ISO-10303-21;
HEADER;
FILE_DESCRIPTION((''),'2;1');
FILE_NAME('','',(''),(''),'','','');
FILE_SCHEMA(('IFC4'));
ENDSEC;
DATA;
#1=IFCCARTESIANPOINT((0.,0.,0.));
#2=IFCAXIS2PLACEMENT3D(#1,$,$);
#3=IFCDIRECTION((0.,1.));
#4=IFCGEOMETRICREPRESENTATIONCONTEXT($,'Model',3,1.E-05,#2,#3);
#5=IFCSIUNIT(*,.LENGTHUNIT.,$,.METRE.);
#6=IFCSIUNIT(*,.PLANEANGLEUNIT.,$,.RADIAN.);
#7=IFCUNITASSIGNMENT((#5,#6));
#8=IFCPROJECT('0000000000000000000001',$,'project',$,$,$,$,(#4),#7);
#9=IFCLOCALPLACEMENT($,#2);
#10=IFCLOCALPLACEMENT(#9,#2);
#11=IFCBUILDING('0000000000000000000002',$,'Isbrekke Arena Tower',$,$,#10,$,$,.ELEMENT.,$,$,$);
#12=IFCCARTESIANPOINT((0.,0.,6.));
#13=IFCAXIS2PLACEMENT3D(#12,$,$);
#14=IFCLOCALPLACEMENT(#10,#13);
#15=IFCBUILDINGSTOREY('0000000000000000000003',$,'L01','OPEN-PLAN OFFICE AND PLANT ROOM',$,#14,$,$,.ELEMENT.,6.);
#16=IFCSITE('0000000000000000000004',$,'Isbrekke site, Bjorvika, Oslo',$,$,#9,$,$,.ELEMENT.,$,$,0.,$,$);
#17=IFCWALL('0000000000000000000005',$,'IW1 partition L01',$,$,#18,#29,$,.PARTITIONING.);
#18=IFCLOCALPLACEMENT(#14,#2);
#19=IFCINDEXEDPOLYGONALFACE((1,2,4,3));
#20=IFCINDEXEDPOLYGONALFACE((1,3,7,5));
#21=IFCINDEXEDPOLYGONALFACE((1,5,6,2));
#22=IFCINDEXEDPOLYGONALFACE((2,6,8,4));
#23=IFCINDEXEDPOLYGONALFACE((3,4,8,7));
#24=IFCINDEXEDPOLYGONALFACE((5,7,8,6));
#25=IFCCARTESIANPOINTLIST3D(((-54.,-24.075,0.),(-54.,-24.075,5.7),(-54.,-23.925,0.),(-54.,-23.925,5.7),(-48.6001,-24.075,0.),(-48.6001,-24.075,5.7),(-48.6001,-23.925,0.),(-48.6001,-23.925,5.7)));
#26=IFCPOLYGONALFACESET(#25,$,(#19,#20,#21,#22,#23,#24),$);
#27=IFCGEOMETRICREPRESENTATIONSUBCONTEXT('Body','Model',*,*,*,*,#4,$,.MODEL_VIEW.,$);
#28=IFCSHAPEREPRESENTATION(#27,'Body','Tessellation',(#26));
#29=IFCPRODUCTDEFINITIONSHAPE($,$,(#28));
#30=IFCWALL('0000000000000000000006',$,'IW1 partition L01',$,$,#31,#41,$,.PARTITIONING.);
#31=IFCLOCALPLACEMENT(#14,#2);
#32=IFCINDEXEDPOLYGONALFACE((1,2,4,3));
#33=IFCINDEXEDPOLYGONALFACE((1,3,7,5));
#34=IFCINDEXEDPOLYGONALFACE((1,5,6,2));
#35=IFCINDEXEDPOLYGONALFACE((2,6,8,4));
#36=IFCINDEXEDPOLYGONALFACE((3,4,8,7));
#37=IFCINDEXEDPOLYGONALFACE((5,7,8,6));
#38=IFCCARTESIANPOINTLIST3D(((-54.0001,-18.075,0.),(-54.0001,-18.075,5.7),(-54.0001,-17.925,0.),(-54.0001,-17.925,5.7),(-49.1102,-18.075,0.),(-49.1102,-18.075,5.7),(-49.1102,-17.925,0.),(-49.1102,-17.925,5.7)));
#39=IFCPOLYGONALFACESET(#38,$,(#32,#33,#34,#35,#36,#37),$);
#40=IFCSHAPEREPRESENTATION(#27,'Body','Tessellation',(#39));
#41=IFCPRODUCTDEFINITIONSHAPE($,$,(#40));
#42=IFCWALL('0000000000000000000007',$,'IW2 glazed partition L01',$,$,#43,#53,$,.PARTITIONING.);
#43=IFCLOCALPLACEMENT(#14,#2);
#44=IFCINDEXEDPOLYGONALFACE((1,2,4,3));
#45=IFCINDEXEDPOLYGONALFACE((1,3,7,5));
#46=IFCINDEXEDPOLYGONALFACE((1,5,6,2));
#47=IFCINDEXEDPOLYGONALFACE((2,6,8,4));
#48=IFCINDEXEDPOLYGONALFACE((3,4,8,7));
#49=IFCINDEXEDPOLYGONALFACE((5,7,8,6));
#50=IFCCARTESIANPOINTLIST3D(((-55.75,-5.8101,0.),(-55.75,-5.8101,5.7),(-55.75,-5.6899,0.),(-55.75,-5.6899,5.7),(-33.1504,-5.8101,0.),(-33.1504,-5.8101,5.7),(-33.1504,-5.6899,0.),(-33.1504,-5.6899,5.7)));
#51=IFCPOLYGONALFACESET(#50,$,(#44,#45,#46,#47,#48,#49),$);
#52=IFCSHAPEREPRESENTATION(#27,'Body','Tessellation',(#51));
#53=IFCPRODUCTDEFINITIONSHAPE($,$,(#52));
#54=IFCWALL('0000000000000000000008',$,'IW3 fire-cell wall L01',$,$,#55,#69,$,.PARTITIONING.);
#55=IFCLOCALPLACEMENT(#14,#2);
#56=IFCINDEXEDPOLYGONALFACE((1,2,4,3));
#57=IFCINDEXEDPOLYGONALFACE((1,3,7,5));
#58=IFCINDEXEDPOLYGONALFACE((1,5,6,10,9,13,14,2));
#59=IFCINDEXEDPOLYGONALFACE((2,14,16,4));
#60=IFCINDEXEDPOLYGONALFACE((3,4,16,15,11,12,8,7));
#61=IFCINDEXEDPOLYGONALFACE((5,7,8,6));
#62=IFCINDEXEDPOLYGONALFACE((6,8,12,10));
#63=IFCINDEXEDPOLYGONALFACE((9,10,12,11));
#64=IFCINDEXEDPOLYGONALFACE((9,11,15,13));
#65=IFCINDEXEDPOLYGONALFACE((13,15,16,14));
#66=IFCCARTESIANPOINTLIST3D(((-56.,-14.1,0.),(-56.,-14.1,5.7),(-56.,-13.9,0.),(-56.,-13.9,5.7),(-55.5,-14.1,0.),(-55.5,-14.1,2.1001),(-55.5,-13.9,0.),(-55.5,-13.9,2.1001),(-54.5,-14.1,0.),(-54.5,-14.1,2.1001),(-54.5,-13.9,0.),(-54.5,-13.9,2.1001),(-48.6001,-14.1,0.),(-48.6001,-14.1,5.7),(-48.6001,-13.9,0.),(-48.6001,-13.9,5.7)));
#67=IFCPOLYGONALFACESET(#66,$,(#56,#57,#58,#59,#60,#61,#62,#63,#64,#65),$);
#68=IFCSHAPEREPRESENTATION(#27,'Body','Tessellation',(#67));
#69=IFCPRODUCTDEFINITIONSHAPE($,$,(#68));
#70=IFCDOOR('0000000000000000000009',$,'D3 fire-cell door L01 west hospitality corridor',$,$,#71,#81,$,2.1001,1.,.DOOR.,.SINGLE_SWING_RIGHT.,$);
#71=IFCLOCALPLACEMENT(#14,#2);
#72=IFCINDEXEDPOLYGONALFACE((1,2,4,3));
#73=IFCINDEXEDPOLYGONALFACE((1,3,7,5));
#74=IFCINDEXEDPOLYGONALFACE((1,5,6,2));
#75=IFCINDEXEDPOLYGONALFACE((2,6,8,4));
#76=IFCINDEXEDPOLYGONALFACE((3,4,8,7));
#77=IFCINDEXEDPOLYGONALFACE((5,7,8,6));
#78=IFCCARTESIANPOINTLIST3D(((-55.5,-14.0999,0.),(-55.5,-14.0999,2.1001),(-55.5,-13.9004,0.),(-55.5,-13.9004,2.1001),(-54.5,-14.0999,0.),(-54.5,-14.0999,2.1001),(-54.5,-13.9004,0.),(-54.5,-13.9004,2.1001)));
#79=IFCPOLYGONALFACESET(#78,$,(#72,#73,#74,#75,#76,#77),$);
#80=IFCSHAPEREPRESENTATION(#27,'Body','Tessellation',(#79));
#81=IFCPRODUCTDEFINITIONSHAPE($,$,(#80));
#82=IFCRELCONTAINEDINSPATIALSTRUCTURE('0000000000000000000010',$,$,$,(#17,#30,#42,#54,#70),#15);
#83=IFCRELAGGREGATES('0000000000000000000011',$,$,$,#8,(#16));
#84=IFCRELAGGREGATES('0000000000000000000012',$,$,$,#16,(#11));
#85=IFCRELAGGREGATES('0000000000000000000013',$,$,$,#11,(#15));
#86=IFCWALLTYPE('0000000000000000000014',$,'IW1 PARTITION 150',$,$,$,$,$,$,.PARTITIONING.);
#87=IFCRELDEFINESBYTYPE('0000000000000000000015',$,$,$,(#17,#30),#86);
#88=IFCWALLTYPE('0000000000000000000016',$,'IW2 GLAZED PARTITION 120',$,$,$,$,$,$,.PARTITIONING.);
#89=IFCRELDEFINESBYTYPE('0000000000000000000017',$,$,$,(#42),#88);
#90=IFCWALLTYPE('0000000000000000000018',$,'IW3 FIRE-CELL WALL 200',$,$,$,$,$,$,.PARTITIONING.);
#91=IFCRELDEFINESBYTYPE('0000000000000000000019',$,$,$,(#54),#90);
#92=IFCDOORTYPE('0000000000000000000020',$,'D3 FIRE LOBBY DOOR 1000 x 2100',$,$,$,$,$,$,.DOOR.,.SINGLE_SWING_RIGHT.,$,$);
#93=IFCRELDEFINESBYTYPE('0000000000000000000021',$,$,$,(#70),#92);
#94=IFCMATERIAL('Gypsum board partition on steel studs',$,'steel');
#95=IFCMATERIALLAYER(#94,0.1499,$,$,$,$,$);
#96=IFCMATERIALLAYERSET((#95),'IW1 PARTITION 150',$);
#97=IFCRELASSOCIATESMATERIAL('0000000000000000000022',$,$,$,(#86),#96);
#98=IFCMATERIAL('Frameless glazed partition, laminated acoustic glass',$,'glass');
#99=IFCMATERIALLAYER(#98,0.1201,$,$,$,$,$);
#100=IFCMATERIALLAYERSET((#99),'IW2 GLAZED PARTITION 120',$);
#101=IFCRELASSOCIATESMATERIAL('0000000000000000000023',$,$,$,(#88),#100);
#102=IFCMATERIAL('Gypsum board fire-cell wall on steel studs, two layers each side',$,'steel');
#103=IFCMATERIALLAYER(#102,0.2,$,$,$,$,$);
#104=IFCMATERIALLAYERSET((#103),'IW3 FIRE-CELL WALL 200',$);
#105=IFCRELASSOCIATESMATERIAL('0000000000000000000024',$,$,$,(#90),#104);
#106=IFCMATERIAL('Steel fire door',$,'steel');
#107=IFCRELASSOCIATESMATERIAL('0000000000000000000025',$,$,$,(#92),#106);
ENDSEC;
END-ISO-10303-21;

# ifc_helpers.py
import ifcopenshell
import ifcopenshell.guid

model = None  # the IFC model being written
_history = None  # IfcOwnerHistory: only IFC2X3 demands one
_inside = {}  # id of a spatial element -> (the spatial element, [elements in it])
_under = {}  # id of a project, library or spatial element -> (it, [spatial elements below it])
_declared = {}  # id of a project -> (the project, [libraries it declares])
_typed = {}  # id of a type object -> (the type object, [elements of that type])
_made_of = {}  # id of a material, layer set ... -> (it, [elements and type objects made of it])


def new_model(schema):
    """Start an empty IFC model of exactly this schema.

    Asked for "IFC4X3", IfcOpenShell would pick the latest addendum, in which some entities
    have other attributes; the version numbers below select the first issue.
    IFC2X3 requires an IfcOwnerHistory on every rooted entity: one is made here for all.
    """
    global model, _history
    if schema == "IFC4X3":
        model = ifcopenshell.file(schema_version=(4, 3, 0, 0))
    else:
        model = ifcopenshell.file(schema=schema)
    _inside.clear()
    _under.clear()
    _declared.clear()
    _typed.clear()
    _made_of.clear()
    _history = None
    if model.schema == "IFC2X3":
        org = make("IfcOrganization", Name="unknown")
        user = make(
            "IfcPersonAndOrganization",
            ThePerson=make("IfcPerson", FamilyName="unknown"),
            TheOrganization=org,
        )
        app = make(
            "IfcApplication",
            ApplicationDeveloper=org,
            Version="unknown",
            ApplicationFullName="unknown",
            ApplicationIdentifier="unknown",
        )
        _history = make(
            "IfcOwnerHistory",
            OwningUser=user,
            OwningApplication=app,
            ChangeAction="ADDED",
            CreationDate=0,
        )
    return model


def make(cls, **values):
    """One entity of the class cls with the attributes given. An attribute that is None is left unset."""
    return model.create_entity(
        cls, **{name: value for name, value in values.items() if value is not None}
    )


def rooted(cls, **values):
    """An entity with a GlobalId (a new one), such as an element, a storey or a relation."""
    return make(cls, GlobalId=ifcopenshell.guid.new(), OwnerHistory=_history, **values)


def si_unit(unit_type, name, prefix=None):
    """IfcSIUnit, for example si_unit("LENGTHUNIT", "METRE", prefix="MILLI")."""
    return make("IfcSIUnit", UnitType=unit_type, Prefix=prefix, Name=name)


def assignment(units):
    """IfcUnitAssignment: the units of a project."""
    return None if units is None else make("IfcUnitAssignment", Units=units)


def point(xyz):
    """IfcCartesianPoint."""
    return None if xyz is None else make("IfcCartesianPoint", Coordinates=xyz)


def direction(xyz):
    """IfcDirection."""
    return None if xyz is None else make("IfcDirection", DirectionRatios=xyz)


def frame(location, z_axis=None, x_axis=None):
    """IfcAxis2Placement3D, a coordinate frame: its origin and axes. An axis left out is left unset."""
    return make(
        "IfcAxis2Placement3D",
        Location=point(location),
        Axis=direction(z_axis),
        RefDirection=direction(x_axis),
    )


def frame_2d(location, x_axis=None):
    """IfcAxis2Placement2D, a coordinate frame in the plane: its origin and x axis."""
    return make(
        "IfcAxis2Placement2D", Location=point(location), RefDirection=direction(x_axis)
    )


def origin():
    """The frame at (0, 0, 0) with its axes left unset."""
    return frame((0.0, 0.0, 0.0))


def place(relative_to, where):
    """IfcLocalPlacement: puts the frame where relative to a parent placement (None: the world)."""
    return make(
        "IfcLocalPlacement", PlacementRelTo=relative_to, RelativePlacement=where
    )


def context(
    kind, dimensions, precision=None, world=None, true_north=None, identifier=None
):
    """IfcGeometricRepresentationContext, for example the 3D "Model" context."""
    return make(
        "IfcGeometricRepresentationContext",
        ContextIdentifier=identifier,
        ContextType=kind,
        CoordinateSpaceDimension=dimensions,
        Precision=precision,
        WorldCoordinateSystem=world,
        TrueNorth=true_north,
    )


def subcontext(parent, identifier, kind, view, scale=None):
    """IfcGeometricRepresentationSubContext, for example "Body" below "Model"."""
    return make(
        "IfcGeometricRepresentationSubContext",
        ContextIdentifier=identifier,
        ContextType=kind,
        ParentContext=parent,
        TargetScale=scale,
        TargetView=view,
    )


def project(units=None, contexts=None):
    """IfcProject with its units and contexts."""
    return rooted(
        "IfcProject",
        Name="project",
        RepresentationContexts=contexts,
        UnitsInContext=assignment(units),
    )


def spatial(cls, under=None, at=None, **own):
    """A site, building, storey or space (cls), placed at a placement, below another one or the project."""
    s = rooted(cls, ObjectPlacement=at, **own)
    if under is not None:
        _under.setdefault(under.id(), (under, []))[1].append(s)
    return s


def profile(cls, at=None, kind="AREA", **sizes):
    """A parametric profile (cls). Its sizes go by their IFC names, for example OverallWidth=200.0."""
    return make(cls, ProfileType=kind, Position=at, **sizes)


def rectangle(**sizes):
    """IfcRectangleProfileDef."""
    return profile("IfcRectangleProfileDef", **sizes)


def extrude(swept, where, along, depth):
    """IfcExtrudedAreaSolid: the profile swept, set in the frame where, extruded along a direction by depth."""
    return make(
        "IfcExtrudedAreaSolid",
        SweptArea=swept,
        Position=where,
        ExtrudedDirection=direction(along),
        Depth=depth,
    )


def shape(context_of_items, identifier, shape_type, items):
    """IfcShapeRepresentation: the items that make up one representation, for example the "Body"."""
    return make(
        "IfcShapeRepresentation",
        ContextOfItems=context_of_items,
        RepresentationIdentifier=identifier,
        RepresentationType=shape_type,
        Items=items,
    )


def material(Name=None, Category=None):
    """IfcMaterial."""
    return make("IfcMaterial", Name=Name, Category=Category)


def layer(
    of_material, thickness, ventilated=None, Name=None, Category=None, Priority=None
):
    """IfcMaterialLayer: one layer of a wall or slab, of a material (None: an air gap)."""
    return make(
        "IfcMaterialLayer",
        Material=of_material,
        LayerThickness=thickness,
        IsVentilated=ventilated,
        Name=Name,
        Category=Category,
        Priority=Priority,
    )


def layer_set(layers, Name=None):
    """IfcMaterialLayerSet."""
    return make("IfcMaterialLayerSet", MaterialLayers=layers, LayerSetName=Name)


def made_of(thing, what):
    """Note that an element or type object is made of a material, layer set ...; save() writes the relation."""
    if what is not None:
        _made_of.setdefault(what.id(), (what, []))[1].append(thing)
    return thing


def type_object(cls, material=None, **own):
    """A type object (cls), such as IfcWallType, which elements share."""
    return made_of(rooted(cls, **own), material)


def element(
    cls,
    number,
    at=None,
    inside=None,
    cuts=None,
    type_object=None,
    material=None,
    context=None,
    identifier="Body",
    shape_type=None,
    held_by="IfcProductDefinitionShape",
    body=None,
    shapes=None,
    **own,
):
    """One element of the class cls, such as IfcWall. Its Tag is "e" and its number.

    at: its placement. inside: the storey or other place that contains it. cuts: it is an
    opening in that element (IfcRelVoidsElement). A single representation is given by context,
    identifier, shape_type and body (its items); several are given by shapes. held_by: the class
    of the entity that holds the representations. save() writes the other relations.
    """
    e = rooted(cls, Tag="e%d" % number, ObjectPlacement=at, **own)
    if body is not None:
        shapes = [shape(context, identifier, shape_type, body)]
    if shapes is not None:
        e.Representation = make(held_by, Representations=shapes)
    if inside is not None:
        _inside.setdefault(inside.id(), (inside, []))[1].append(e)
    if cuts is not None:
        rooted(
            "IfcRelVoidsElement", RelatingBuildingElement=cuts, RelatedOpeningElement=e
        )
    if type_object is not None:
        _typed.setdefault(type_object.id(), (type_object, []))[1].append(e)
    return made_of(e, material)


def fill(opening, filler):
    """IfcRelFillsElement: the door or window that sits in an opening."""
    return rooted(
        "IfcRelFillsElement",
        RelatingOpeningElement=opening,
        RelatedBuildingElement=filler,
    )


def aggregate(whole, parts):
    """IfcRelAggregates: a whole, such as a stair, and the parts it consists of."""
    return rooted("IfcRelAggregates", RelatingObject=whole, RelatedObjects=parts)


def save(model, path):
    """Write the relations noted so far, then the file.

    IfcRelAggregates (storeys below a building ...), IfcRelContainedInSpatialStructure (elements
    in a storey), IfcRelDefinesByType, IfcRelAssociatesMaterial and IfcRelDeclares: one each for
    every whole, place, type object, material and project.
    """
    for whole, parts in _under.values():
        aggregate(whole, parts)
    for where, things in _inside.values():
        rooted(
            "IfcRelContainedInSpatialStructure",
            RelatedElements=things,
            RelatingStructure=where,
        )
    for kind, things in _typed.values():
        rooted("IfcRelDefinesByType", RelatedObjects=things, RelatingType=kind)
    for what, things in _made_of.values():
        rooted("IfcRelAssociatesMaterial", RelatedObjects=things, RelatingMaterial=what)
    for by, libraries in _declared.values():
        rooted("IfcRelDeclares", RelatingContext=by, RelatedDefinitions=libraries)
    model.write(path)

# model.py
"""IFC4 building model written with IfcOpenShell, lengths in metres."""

from ifc_helpers import new_model, si_unit, direction, frame, frame_2d, origin, place, context, subcontext, project, spatial, rectangle, extrude, material, layer, layer_set, type_object, element, fill, save


model = new_model("IFC4")

# Units and contexts
model_context = context("Model", 3, precision=1e-05, world=origin(), true_north=direction((0.0, 1.0)))
body_context = subcontext(model_context, "Body", "Model", "MODEL_VIEW")
ifc_project = project(units=[si_unit("LENGTHUNIT", "METRE"), si_unit("PLANEANGLEUNIT", "RADIAN")], contexts=[model_context])

# Site, building, storey
site_placement = place(None, origin())
site = spatial("IfcSite", under=ifc_project, at=site_placement, Name="Isbrekke site, Bjorvika, Oslo", CompositionType="ELEMENT", RefElevation=0.0)
building_placement = place(site_placement, origin())
building = spatial("IfcBuilding", under=site, at=building_placement, Name="Isbrekke Arena Tower", CompositionType="ELEMENT")
storey_placement = place(building_placement, frame((0.0, 0.0, 6.0)))
storey = spatial("IfcBuildingStorey", under=building, at=storey_placement, Name="L01", Description="OPEN-PLAN OFFICE AND PLANT ROOM", CompositionType="ELEMENT", Elevation=6.0)

# Walls
ifc_material_1 = material(Name="Gypsum board partition on steel studs", Category="steel")
ifc_layer_1 = layer(ifc_material_1, 0.1499)
ifc_layer_set_1 = layer_set([ifc_layer_1], Name="IW1 PARTITION 150")
wall_type_1 = type_object("IfcWallType", Name="IW1 PARTITION 150", PredefinedType="PARTITIONING", material=ifc_layer_set_1)
wall_1_placement = place(storey_placement, frame((-54.0, -24.0, 0.0), z_axis=(0.0, 0.0, 1.0), x_axis=(1.0, 0.0, 0.0)))
element("IfcWall", 1, at=wall_1_placement, inside=storey, type_object=wall_type_1, Name="IW1 partition L01", PredefinedType="PARTITIONING", context=body_context, shape_type="SweptSolid", body=[
    extrude(rectangle(XDim=5.3999, YDim=0.1499, at=frame_2d((2.7, 0.0))), origin(), (0.0, 0.0, 1.0), 5.7),
])
wall_2_placement = place(storey_placement, frame((-54.0, -18.0, 0.0), z_axis=(0.0, 0.0, 1.0), x_axis=(1.0, 0.0, 0.0)))
element("IfcWall", 2, at=wall_2_placement, inside=storey, type_object=wall_type_1, Name="IW1 partition L01", PredefinedType="PARTITIONING", context=body_context, shape_type="SweptSolid", body=[
    extrude(rectangle(XDim=4.8899, YDim=0.1499, at=frame_2d((2.4448, 0.0))), origin(), (0.0, 0.0, 1.0), 5.7),
])
ifc_material_2 = material(Name="Frameless glazed partition, laminated acoustic glass", Category="glass")
ifc_layer_2 = layer(ifc_material_2, 0.1201)
ifc_layer_set_2 = layer_set([ifc_layer_2], Name="IW2 GLAZED PARTITION 120")
wall_type_2 = type_object("IfcWallType", Name="IW2 GLAZED PARTITION 120", PredefinedType="PARTITIONING", material=ifc_layer_set_2)
wall_3_placement = place(storey_placement, frame((-55.75, -5.75, 0.0), z_axis=(0.0, 0.0, 1.0), x_axis=(1.0, 0.0, 0.0)))
element("IfcWall", 3, at=wall_3_placement, inside=storey, type_object=wall_type_2, Name="IW2 glazed partition L01", PredefinedType="PARTITIONING", context=body_context, shape_type="SweptSolid", body=[
    extrude(rectangle(XDim=22.5996, YDim=0.1201, at=frame_2d((11.2998, 0.0))), origin(), (0.0, 0.0, 1.0), 5.7),
])

# Wall, opening, door
ifc_material_3 = material(Name="Gypsum board fire-cell wall on steel studs, two layers each side", Category="steel")
ifc_layer_3 = layer(ifc_material_3, 0.2)
ifc_layer_set_3 = layer_set([ifc_layer_3], Name="IW3 FIRE-CELL WALL 200")
wall_type_3 = type_object("IfcWallType", Name="IW3 FIRE-CELL WALL 200", PredefinedType="PARTITIONING", material=ifc_layer_set_3)
wall_4_placement = place(storey_placement, frame((-56.0, -14.0, 0.0), z_axis=(0.0, 0.0, 1.0), x_axis=(1.0, 0.0, 0.0)))
wall_4 = element("IfcWall", 4, at=wall_4_placement, inside=storey, type_object=wall_type_3, Name="IW3 fire-cell wall L01", PredefinedType="PARTITIONING", context=body_context, shape_type="SweptSolid", body=[
    extrude(rectangle(XDim=7.3999, YDim=0.2, at=frame_2d((3.7, 0.0))), origin(), (0.0, 0.0, 1.0), 5.7),
])
opening_placement = place(wall_4_placement, frame((0.5, 0.0, 0.0)))
opening = element("IfcOpeningElement", 5, at=opening_placement, cuts=wall_4, PredefinedType="OPENING", context=body_context, shape_type="SweptSolid", body=[
    extrude(rectangle(XDim=1.0, YDim=2.1001, at=frame_2d((0.5, 1.05))), frame((0.0, 0.1147, 0.0), z_axis=(0.0, -1.0, 0.0), x_axis=(1.0, 0.0, 0.0)), (0.0, 0.0, 1.0), 0.2297),
])
ifc_material_4 = material(Name="Steel fire door", Category="steel")
door_type = type_object("IfcDoorType", Name="D3 FIRE LOBBY DOOR 1000 x 2100", OperationType="SINGLE_SWING_RIGHT", PredefinedType="DOOR", material=ifc_material_4)
door_placement = place(opening_placement, origin())
door = element("IfcDoor", 6, at=door_placement, inside=storey, type_object=door_type, Name="D3 fire-cell door L01 west hospitality corridor", OperationType="SINGLE_SWING_RIGHT", OverallHeight=2.1001, OverallWidth=1.0, PredefinedType="DOOR", context=body_context, shape_type="SweptSolid", body=[
    extrude(rectangle(XDim=1.0, YDim=2.1001, at=frame_2d((0.5, 1.05))), frame((0.0, 0.0996, 0.0), z_axis=(0.0, -1.0, 0.0), x_axis=(1.0, 0.0, 0.0)), (0.0, 0.0, 1.0), 0.1995),
])
fill(opening, door)

save(model, "model.ifc")
